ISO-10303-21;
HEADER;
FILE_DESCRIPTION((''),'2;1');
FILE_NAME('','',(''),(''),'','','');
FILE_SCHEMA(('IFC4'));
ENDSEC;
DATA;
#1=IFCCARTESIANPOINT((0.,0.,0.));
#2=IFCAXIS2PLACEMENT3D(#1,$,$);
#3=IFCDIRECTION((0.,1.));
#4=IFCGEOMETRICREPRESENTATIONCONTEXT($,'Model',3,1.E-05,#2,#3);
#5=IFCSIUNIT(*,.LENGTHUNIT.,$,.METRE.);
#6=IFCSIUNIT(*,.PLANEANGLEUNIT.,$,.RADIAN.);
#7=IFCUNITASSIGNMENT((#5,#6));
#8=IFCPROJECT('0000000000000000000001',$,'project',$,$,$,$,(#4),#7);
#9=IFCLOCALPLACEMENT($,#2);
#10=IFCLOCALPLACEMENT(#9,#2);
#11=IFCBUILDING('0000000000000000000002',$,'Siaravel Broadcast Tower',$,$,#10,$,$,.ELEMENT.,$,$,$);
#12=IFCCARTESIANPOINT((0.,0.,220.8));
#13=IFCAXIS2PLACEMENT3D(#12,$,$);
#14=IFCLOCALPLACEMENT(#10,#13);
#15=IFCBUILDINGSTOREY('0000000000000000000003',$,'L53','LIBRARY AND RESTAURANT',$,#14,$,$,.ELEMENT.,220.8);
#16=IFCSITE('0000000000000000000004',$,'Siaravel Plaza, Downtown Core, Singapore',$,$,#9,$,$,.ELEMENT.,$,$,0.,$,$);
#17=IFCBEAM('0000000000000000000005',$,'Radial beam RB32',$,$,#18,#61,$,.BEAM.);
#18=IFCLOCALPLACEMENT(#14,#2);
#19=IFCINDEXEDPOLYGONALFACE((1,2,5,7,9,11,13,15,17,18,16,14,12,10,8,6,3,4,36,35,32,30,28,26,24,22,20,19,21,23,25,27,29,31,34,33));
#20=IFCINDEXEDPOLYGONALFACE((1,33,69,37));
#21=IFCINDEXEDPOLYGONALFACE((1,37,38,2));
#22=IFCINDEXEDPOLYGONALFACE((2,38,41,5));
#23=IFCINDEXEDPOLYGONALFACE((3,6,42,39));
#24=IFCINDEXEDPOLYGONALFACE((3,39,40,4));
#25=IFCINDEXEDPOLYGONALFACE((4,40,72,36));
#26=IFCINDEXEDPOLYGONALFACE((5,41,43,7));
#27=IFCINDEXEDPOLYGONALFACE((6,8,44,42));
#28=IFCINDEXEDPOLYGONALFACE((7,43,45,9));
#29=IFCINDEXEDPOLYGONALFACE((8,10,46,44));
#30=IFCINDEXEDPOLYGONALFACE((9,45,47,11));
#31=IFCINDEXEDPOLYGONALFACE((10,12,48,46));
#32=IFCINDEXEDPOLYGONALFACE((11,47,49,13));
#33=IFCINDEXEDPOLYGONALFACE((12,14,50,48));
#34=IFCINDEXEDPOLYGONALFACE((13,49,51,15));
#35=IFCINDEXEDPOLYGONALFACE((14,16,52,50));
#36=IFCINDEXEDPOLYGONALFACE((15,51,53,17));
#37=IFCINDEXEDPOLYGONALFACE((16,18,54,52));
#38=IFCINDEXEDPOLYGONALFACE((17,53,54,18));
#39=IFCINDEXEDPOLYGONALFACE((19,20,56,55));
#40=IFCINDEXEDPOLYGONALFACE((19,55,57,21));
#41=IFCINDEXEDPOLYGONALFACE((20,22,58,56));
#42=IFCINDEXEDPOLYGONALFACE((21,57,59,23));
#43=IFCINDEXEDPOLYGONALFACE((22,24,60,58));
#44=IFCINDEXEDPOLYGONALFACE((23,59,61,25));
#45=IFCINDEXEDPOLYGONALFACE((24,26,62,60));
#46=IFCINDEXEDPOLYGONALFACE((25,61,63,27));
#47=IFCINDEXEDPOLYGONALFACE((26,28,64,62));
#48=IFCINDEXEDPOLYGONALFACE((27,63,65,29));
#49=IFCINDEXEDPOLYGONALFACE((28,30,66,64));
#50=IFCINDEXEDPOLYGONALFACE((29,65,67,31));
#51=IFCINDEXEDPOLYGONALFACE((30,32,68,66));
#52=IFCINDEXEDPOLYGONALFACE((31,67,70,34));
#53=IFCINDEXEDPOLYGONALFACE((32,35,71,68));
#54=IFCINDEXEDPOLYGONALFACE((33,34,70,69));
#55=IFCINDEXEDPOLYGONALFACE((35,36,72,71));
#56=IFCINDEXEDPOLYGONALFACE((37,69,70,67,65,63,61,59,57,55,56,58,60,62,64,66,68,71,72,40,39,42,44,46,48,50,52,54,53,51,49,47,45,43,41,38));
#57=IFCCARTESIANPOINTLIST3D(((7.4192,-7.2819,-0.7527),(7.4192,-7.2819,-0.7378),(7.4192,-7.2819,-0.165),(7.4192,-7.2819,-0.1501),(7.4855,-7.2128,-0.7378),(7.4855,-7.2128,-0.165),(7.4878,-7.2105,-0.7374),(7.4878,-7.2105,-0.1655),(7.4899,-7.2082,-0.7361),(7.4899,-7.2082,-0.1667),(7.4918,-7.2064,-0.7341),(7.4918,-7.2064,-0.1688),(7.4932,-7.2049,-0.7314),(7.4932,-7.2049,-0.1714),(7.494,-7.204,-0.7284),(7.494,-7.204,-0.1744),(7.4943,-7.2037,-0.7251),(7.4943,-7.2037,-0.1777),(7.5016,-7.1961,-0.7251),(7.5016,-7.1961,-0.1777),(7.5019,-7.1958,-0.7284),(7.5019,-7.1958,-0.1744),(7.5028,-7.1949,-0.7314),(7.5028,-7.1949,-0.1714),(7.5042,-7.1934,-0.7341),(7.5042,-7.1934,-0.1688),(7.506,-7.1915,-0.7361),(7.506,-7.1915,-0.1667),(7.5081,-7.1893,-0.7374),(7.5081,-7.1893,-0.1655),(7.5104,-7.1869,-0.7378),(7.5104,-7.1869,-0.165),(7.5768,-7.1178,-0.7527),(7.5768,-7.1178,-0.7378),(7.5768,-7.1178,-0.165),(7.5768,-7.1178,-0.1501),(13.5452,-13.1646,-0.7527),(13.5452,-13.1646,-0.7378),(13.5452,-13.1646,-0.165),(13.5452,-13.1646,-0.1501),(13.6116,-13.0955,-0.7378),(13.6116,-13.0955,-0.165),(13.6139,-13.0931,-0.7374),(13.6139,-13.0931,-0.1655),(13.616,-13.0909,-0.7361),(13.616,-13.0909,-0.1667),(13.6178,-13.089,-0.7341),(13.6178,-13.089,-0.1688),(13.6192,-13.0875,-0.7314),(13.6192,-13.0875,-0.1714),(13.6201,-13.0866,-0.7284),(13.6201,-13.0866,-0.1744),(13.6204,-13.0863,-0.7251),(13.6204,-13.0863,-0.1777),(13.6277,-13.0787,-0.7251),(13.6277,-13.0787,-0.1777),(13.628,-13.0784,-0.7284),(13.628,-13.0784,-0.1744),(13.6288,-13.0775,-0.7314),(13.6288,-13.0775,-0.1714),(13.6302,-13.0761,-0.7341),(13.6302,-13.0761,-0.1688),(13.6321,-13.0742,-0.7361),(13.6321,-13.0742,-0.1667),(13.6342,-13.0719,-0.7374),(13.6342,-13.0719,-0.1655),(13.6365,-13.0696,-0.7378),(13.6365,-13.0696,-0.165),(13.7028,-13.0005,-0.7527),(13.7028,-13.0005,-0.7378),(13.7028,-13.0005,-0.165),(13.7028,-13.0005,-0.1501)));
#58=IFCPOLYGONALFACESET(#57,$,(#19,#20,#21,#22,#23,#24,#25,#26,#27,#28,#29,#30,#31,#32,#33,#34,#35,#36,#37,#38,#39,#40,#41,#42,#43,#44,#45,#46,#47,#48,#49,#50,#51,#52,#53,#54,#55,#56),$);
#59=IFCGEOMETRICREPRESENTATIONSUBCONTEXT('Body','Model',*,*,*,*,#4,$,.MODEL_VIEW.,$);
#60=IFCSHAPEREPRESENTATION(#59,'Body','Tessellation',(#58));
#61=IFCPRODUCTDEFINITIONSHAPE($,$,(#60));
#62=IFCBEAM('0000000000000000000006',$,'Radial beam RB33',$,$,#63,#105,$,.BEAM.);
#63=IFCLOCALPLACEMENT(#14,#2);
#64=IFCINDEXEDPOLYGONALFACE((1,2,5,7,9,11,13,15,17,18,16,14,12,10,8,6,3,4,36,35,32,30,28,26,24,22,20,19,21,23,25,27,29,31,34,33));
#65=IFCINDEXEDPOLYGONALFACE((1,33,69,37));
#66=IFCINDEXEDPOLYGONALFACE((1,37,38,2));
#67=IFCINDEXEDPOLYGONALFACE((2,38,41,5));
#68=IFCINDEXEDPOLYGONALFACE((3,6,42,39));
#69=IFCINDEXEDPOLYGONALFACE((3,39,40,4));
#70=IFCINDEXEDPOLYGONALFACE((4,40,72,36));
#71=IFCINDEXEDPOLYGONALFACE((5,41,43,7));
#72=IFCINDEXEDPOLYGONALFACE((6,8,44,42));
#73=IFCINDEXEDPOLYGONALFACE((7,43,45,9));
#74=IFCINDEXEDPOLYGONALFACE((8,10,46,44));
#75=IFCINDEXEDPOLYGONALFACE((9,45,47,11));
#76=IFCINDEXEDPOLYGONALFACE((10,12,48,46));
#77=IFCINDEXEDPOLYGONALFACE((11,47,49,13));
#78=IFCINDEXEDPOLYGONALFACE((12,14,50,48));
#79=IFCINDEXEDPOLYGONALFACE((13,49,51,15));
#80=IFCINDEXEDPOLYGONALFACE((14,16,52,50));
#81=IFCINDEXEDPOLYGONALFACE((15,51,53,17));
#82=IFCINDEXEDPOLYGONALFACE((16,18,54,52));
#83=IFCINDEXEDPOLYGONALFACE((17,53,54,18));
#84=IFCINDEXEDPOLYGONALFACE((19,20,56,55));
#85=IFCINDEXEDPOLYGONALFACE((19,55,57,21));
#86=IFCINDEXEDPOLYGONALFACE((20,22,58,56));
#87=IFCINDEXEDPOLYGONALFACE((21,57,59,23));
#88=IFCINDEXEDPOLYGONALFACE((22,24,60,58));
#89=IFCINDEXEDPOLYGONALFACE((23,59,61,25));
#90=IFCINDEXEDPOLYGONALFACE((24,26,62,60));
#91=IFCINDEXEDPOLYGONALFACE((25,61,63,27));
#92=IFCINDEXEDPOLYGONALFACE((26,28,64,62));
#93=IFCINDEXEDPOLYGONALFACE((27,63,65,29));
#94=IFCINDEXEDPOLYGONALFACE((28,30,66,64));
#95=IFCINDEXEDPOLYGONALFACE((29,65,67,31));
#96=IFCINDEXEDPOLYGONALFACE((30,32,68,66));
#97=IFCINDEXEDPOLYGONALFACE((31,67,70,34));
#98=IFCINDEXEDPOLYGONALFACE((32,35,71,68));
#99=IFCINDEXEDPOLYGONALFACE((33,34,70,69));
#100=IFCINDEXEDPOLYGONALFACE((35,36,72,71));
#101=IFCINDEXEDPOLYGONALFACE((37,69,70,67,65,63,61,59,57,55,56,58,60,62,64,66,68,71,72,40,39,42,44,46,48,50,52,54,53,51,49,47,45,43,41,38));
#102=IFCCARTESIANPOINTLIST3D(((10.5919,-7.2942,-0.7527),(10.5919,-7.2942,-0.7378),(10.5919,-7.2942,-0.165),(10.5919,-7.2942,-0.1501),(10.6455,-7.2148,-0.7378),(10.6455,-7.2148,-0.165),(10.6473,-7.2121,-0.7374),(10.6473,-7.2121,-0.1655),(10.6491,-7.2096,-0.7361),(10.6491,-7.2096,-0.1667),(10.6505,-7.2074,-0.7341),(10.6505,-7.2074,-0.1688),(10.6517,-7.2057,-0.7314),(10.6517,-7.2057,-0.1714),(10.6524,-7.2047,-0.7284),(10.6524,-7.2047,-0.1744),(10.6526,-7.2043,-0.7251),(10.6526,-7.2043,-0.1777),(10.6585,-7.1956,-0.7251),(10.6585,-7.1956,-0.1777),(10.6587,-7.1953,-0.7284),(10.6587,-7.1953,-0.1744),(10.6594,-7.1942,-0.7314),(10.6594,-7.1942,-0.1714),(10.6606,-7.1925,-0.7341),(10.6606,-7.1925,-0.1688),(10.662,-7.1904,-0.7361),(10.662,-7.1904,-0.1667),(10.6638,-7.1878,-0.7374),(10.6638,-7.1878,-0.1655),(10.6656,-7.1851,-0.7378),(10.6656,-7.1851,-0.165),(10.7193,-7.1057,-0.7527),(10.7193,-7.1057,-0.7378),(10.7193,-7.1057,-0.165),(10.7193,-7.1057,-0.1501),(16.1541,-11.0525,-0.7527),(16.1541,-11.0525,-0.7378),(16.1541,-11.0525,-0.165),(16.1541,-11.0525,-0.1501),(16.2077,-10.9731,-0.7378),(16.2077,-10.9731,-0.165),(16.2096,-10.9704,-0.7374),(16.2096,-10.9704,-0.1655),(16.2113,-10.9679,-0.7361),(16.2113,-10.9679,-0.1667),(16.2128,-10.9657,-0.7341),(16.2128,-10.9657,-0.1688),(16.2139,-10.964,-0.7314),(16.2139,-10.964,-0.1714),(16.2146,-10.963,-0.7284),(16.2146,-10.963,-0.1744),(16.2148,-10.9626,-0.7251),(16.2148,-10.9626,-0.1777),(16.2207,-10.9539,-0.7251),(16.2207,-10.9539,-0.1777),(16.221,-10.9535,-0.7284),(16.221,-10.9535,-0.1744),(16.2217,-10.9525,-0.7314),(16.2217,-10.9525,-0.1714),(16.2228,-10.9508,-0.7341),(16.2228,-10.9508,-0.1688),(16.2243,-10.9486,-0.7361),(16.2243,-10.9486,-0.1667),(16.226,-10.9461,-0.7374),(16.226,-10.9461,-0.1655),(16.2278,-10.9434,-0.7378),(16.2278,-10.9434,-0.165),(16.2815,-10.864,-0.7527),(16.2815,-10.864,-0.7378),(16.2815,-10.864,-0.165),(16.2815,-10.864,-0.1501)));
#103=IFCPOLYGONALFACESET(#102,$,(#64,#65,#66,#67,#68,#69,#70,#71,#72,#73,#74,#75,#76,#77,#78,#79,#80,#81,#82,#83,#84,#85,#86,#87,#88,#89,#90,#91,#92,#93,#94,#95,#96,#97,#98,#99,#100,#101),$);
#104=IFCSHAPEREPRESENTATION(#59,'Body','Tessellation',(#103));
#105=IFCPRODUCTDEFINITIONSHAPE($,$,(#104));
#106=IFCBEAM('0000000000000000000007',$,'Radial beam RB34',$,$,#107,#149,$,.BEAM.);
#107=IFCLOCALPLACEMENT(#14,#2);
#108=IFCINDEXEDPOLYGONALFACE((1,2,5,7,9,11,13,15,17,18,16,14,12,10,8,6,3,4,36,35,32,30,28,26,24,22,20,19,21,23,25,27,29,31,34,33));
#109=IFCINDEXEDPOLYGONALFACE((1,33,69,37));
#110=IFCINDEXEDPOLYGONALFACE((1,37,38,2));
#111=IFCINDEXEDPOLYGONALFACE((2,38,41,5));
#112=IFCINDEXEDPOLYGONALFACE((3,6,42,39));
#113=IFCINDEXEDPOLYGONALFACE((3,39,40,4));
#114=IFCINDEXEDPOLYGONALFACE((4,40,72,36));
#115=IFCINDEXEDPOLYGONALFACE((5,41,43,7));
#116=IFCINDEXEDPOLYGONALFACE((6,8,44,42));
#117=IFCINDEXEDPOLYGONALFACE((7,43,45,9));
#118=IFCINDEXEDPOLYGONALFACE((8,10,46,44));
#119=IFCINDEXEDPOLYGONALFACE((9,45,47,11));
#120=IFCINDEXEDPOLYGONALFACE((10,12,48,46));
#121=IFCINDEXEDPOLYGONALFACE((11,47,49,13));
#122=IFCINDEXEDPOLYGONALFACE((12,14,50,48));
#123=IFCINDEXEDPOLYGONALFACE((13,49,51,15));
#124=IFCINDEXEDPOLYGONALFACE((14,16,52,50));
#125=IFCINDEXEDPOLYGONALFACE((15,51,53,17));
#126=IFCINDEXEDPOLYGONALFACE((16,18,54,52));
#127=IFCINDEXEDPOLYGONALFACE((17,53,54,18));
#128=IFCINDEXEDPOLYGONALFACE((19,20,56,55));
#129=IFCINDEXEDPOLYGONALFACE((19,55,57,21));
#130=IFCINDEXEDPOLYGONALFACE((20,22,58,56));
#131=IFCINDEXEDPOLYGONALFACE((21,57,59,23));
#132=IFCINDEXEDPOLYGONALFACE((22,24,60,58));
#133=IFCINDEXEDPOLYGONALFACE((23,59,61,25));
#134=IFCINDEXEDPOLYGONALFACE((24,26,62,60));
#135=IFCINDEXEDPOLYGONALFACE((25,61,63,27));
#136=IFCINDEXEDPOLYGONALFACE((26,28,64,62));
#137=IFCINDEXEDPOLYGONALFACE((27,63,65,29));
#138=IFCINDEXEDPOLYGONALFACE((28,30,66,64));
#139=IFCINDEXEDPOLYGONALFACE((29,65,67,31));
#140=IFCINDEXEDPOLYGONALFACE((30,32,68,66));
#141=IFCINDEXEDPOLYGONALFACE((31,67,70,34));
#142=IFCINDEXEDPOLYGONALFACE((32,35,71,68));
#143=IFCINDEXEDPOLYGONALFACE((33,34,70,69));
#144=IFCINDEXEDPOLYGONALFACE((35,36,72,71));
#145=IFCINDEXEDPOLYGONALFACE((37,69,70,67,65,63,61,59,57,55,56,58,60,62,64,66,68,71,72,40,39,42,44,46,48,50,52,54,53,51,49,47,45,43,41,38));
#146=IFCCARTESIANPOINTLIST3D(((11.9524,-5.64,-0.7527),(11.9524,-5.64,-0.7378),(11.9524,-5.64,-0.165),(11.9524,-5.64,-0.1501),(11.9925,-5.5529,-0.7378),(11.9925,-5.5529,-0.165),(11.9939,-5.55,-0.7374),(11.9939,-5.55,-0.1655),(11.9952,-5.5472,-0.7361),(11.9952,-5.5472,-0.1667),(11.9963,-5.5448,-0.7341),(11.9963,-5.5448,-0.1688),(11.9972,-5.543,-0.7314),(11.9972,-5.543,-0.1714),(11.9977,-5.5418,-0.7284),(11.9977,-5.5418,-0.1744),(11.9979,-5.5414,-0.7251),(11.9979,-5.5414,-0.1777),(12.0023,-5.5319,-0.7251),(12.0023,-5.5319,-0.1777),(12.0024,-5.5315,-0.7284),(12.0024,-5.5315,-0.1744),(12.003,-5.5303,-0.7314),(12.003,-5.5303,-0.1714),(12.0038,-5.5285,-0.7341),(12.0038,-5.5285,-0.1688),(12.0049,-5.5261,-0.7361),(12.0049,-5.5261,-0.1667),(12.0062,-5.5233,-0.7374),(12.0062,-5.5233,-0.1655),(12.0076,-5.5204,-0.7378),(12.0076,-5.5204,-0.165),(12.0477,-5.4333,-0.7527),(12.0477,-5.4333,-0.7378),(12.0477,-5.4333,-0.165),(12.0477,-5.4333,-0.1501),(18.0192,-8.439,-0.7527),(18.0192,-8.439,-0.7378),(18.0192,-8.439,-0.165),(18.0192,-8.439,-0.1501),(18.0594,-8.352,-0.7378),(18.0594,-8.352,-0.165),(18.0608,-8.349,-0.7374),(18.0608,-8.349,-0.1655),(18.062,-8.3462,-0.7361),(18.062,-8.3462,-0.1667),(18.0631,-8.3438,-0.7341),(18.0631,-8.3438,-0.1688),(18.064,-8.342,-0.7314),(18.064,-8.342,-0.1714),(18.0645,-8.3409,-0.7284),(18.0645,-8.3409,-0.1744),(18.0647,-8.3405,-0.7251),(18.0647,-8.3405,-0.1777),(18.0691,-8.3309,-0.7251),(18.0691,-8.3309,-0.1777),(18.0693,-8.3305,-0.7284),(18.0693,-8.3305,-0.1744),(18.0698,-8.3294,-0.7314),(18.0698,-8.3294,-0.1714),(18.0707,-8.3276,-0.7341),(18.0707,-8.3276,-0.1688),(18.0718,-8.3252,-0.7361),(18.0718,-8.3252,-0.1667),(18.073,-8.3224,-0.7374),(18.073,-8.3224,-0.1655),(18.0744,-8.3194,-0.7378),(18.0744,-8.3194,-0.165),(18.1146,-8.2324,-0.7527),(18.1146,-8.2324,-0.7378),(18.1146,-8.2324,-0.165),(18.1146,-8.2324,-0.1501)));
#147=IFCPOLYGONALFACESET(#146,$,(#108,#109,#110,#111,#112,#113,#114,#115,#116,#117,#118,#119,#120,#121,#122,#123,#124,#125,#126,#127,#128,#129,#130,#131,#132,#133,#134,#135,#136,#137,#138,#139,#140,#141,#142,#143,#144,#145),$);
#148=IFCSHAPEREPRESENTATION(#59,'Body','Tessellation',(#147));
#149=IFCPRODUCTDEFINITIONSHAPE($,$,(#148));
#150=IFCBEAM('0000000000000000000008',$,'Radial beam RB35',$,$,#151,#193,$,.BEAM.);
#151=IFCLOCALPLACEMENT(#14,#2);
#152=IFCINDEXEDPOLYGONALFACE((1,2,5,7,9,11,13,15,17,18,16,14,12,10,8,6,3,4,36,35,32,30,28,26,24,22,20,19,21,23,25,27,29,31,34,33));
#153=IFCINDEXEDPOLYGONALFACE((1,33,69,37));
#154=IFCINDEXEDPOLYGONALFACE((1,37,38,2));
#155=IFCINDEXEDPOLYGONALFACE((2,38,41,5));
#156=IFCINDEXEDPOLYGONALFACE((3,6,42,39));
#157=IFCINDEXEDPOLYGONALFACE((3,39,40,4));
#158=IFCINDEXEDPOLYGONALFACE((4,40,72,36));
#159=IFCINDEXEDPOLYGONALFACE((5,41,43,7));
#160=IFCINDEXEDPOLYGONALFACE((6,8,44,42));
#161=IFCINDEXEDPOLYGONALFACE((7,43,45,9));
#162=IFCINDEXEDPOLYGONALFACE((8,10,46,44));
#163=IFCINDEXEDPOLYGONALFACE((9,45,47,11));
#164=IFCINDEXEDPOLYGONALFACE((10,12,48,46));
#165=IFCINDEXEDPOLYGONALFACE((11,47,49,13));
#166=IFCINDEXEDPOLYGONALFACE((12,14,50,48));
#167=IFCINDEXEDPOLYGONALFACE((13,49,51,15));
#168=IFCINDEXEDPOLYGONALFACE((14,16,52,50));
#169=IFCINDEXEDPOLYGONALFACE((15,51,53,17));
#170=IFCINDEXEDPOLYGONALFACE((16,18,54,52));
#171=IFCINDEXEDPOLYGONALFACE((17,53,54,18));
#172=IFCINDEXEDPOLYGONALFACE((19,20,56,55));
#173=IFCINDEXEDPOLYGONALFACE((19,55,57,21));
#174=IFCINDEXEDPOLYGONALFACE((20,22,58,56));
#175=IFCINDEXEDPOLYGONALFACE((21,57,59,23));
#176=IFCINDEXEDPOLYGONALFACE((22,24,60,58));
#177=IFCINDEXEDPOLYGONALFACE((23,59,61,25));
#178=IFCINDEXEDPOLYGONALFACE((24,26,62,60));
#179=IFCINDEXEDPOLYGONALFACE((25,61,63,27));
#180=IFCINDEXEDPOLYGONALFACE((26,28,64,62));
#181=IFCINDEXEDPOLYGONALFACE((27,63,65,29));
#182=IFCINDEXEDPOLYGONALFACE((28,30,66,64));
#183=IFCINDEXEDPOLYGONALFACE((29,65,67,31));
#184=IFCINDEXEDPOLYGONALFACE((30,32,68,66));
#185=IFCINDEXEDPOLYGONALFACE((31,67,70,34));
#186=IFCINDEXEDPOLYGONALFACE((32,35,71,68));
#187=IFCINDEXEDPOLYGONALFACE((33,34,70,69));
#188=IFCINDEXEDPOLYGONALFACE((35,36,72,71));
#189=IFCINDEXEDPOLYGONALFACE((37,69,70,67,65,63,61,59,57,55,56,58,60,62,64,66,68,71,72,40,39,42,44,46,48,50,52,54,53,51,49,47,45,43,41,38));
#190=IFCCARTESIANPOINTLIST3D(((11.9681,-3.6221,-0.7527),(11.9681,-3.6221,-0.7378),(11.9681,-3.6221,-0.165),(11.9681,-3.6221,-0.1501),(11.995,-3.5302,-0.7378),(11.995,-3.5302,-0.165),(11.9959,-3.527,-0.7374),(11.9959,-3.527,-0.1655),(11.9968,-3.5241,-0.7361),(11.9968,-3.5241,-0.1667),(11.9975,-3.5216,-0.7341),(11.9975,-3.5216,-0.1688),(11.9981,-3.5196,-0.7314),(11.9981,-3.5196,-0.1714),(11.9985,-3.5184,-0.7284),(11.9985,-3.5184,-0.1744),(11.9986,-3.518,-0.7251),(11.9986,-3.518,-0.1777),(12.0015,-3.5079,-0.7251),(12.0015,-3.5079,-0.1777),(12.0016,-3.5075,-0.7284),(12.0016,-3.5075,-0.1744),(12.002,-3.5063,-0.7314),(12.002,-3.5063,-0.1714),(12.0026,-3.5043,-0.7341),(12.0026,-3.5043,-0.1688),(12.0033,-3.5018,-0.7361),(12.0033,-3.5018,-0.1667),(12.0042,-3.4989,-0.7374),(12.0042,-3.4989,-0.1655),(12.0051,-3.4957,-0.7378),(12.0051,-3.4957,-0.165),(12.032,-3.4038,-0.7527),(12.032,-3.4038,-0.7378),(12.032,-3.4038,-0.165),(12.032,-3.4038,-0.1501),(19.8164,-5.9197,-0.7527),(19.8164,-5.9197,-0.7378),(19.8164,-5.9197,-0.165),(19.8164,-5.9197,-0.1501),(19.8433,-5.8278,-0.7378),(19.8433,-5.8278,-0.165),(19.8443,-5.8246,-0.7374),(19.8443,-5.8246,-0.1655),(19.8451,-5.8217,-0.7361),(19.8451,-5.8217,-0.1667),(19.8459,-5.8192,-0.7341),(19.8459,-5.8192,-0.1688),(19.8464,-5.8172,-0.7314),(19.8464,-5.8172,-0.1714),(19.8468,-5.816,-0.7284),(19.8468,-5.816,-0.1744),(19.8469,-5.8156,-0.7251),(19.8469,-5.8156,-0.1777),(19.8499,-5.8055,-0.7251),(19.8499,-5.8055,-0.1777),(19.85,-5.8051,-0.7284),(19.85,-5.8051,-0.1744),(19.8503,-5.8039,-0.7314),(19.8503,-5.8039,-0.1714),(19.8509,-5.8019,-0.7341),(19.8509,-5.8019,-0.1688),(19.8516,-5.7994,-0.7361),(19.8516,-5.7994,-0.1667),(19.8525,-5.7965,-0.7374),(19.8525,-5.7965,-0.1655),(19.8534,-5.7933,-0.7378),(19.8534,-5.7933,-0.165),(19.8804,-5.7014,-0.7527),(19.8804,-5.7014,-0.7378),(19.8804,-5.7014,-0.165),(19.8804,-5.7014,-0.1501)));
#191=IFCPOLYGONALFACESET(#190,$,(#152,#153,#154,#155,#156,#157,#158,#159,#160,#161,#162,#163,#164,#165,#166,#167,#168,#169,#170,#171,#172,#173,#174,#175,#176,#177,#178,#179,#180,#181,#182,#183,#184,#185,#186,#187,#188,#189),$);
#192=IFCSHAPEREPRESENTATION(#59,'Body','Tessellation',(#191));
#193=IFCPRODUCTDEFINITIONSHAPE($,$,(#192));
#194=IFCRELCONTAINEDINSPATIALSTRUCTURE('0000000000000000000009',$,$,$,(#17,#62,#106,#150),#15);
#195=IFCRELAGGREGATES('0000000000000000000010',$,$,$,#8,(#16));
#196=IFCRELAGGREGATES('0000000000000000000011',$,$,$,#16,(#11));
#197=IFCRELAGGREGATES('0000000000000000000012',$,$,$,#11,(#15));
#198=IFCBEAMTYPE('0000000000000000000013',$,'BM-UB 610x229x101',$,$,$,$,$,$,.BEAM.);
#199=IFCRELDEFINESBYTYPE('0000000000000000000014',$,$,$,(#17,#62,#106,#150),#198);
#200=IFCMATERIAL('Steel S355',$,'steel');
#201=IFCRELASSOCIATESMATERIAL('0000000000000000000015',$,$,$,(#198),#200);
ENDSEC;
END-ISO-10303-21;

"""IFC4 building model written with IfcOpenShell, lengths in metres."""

from ifc_helpers import new_model, si_unit, direction, frame, origin, origin_2d, place, context, subcontext, project, spatial, i_section, extrude, material, material_profile, profile_set, type_object, element, save


model = new_model("IFC4")

# Units and contexts
model_context = context("Model", 3, precision=1e-05, world=origin(), true_north=direction((0.0, 1.0)))
body_context = subcontext(model_context, "Body", "Model", "MODEL_VIEW")
ifc_project = project(units=[si_unit("LENGTHUNIT", "METRE"), si_unit("PLANEANGLEUNIT", "RADIAN")], contexts=[model_context])

# Site, building, storey
site_placement = place(None, origin())
site = spatial("IfcSite", under=ifc_project, at=site_placement, Name="Siaravel Plaza, Downtown Core, Singapore", CompositionType="ELEMENT", RefElevation=0.0)
building_placement = place(site_placement, origin())
building = spatial("IfcBuilding", under=site, at=building_placement, Name="Siaravel Broadcast Tower", CompositionType="ELEMENT")
storey_placement = place(building_placement, frame((0.0, 0.0, 220.8)))
storey = spatial("IfcBuildingStorey", under=building, at=storey_placement, Name="L53", Description="LIBRARY AND RESTAURANT", CompositionType="ELEMENT", Elevation=220.8)

# Beams
ifc_material_1 = material(Name="Steel S355", Category="steel")
ifc_material_profile_1 = material_profile(ifc_material_1, i_section(OverallWidth=0.2275, OverallDepth=0.6025, WebThickness=0.0105, FlangeThickness=0.0149, FilletRadius=0.0127, at=origin_2d()))
ifc_profile_set_1 = profile_set([ifc_material_profile_1], Name="Steel S355")
beam_type = type_object("IfcBeamType", Name="BM-UB 610x229x101", PredefinedType="BEAM", material=ifc_profile_set_1)
beam_1_placement = place(storey_placement, frame((13.624, -13.0825, -0.4514), z_axis=(-0.721291, 0.692632, 0.0), x_axis=(-0.692632, -0.721291, 0.0)))
element("IfcBeam", 1, at=beam_1_placement, inside=storey, type_object=beam_type, Name="Radial beam RB32", PredefinedType="BEAM", context=body_context, shape_type="SweptSolid", body=[
    extrude(i_section(OverallWidth=0.2275, OverallDepth=0.6025, WebThickness=0.0105, FlangeThickness=0.0149, FilletRadius=0.0127, at=origin_2d()), origin(), (0.0, 0.0, 1.0), 8.4932),
])
beam_2_placement = place(storey_placement, frame((16.2178, -10.9583, -0.4514), z_axis=(-0.828588, 0.559859, 0.0), x_axis=(-0.559859, -0.828588, 0.0)))
element("IfcBeam", 2, at=beam_2_placement, inside=storey, type_object=beam_type, Name="Radial beam RB33", PredefinedType="BEAM", context=body_context, shape_type="SweptSolid", body=[
    extrude(i_section(OverallWidth=0.2275, OverallDepth=0.6025, WebThickness=0.0105, FlangeThickness=0.0149, FilletRadius=0.0127, at=origin_2d()), origin(), (0.0, 0.0, 1.0), 6.7129),
])
beam_3_placement = place(storey_placement, frame((18.0669, -8.3357, -0.4514), z_axis=(-0.908018, 0.418931, 0.0), x_axis=(-0.418931, -0.908018, 0.0)))
element("IfcBeam", 3, at=beam_3_placement, inside=storey, type_object=beam_type, Name="Radial beam RB34", PredefinedType="BEAM", context=body_context, shape_type="SweptSolid", body=[
    extrude(i_section(OverallWidth=0.2275, OverallDepth=0.6025, WebThickness=0.0105, FlangeThickness=0.0149, FilletRadius=0.0127, at=origin_2d()), origin(), (0.0, 0.0, 1.0), 6.6814),
])
beam_4_placement = place(storey_placement, frame((19.8484, -5.8105, -0.4514), z_axis=(-0.95972, 0.280957, 0.0), x_axis=(-0.280957, -0.95972, 0.0)))
element("IfcBeam", 4, at=beam_4_placement, inside=storey, type_object=beam_type, Name="Radial beam RB35", PredefinedType="BEAM", context=body_context, shape_type="SweptSolid", body=[
    extrude(i_section(OverallWidth=0.2275, OverallDepth=0.6025, WebThickness=0.0105, FlangeThickness=0.0149, FilletRadius=0.0127, at=origin_2d()), origin(), (0.0, 0.0, 1.0), 8.1777),
])

save(model, "model.ifc")
